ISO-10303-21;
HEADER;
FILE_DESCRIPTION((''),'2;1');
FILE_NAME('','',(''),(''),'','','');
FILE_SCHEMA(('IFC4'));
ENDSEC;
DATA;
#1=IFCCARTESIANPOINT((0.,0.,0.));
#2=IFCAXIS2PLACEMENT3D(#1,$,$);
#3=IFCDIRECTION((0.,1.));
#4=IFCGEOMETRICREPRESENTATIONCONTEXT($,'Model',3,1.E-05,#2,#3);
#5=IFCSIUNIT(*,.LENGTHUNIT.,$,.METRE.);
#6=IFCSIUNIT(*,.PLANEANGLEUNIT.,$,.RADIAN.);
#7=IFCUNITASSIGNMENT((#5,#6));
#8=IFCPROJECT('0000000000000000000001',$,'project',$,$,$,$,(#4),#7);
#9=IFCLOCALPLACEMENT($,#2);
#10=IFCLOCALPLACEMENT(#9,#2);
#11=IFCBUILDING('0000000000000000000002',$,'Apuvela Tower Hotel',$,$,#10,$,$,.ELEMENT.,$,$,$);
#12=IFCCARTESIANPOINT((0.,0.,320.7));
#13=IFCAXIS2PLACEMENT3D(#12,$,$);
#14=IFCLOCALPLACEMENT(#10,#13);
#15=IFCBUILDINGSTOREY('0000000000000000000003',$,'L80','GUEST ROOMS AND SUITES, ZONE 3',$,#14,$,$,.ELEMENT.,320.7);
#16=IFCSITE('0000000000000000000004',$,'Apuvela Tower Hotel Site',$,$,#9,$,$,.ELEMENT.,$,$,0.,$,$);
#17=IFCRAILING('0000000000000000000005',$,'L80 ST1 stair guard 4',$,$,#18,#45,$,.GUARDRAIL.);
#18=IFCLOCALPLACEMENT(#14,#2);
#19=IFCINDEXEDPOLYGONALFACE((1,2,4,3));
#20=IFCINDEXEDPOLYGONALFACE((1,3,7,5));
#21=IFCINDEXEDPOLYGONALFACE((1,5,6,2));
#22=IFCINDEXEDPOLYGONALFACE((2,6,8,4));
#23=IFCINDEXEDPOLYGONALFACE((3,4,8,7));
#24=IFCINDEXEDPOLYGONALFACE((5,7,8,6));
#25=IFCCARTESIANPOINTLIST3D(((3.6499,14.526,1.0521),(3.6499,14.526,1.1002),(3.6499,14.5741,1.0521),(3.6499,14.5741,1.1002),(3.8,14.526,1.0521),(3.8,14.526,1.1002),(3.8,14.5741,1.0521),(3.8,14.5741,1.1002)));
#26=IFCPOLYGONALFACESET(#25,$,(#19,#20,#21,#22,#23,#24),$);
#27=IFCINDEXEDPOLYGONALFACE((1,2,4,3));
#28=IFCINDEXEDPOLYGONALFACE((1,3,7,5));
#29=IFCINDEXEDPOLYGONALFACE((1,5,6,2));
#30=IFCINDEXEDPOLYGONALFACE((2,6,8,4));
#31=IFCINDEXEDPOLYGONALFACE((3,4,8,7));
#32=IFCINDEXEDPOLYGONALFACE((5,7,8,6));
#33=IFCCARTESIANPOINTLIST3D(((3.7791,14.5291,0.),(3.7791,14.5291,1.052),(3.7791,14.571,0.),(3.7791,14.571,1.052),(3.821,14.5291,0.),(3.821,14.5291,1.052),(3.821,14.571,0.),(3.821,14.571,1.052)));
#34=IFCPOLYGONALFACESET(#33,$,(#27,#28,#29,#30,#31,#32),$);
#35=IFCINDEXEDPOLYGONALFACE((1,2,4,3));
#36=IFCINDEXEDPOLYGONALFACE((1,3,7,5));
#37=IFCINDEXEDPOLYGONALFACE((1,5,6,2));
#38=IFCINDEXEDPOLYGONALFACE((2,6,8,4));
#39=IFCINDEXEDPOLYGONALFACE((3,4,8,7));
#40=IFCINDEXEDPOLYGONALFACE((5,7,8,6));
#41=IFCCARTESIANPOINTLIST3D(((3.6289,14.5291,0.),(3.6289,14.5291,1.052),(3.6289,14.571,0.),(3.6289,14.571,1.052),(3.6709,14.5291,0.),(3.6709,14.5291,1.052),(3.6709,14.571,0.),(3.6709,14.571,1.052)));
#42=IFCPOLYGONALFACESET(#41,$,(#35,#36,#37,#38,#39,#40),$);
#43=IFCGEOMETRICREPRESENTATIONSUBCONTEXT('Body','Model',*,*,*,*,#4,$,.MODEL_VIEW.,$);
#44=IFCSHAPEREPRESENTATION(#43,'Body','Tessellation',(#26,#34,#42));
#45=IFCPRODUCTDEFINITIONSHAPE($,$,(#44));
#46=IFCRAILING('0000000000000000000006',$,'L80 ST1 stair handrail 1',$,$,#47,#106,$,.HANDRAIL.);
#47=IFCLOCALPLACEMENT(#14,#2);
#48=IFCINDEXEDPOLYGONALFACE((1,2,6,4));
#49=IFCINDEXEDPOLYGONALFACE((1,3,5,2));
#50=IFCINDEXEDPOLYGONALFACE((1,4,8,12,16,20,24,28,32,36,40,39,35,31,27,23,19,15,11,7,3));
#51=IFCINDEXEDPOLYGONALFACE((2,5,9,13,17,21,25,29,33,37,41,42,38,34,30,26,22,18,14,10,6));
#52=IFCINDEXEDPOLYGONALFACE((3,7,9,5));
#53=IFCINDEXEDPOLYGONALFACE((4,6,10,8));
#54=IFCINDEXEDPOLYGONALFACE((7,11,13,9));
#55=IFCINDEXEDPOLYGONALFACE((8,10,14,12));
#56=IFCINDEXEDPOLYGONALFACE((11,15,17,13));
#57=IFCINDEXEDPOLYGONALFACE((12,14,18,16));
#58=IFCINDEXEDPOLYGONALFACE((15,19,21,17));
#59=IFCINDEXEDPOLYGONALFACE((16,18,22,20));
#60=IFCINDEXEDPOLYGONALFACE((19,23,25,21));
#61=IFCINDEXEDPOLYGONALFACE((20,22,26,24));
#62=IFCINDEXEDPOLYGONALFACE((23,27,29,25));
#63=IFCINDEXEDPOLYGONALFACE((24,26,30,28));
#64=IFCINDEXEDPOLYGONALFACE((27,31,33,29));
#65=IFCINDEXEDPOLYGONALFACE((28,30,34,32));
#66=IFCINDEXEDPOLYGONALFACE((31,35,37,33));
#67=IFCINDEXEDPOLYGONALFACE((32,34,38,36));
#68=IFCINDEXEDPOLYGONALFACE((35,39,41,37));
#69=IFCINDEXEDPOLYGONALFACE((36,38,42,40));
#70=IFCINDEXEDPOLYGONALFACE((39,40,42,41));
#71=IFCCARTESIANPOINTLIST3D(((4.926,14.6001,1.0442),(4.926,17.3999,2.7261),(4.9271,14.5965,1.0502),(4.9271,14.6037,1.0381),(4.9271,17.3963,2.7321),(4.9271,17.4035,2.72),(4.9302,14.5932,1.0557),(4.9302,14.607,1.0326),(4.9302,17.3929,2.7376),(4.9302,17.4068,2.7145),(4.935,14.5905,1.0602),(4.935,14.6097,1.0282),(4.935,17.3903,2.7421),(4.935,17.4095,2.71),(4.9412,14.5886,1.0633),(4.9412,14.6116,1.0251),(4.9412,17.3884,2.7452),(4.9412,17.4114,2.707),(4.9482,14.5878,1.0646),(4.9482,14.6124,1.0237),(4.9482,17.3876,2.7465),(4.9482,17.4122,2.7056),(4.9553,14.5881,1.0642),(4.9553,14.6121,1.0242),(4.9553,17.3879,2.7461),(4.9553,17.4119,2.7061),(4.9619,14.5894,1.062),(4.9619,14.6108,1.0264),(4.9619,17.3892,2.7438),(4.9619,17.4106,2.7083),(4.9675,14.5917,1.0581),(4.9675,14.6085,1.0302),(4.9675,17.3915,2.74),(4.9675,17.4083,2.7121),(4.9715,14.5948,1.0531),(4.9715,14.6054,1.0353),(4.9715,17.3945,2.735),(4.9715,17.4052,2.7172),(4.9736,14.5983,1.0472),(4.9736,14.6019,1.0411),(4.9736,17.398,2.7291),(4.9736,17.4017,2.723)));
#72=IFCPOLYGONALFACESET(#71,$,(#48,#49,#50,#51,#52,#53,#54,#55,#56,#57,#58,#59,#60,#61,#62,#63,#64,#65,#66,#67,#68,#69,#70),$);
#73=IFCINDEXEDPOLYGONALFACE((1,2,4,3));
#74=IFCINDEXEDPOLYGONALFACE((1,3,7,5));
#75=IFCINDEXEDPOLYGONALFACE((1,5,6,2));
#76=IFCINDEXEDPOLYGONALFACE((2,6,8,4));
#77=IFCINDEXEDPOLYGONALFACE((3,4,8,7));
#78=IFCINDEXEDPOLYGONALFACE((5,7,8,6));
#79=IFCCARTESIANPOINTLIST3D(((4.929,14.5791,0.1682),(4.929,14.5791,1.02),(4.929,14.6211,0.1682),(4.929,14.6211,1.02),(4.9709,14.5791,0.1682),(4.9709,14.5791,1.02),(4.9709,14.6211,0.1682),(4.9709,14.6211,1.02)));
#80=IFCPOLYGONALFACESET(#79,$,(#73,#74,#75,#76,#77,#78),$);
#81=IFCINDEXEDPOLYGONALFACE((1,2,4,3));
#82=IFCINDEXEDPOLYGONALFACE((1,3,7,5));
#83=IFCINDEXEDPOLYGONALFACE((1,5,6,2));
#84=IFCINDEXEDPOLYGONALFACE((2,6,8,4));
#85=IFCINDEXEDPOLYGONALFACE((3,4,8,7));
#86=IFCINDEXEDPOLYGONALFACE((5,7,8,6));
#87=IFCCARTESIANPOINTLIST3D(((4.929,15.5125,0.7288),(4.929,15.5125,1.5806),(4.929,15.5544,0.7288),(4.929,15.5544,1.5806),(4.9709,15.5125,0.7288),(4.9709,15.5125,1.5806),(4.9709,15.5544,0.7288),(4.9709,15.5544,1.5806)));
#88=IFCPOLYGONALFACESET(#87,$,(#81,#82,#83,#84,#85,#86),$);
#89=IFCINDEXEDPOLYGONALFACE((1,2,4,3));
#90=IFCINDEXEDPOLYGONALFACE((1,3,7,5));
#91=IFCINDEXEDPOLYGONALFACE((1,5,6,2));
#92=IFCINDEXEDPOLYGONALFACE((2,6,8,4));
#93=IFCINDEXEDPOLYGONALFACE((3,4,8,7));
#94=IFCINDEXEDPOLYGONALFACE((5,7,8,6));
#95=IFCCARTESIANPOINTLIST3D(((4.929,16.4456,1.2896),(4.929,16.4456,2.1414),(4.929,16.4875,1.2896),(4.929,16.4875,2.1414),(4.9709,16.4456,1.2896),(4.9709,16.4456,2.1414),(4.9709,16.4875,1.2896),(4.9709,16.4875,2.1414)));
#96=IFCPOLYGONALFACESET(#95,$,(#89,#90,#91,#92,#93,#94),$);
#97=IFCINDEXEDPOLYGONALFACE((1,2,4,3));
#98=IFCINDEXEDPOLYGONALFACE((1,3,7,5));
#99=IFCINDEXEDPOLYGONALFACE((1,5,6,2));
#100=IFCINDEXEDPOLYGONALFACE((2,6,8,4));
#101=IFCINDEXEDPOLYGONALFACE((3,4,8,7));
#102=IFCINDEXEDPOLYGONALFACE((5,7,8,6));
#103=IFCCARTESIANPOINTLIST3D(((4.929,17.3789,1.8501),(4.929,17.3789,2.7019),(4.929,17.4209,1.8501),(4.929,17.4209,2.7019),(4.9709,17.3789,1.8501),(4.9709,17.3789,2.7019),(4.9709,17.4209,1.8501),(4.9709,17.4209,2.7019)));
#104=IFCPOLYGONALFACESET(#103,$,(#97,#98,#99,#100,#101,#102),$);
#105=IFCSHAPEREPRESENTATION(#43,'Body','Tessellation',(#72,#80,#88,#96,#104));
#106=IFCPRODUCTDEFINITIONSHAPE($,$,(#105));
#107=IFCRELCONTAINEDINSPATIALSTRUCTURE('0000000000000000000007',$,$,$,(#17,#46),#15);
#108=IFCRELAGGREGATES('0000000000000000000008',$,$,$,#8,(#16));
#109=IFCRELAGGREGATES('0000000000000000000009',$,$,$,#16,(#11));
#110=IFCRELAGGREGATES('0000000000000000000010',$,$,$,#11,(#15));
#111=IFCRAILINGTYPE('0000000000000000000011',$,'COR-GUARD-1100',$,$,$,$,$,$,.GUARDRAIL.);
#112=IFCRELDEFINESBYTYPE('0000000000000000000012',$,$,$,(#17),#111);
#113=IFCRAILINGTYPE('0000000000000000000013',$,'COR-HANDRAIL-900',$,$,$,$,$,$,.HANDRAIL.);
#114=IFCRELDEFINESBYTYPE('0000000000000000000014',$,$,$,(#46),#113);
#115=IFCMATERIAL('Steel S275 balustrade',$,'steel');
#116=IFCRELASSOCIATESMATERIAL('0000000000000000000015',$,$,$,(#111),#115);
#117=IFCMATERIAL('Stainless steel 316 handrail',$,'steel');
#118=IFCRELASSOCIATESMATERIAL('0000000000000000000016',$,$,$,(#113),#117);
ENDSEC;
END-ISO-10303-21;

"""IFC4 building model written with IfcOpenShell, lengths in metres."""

from ifc_helpers import new_model, si_unit, direction, frame, origin, origin_2d, place, context, subcontext, project, spatial, rectangle, circle, extrude, material, type_object, element, save


model = new_model("IFC4")

# Units and contexts
model_context = context("Model", 3, precision=1e-05, world=origin(), true_north=direction((0.0, 1.0)))
body_context = subcontext(model_context, "Body", "Model", "MODEL_VIEW")
ifc_project = project(units=[si_unit("LENGTHUNIT", "METRE"), si_unit("PLANEANGLEUNIT", "RADIAN")], contexts=[model_context])

# Site, building, storey
site_placement = place(None, origin())
site = spatial("IfcSite", under=ifc_project, at=site_placement, Name="Apuvela Tower Hotel Site", CompositionType="ELEMENT", RefElevation=0.0)
building_placement = place(site_placement, origin())
building = spatial("IfcBuilding", under=site, at=building_placement, Name="Apuvela Tower Hotel", CompositionType="ELEMENT")
storey_placement = place(building_placement, frame((0.0, 0.0, 320.7)))
storey = spatial("IfcBuildingStorey", under=building, at=storey_placement, Name="L80", Description="GUEST ROOMS AND SUITES, ZONE 3", CompositionType="ELEMENT", Elevation=320.7)

# Railings
ifc_material_1 = material(Name="Steel S275 balustrade", Category="steel")
railing_type_1 = type_object("IfcRailingType", Name="COR-GUARD-1100", PredefinedType="GUARDRAIL", material=ifc_material_1)
railing_1_placement = place(storey_placement, frame((3.8, 14.55, 0.0)))
element("IfcRailing", 1, at=railing_1_placement, inside=storey, type_object=railing_type_1, Name="L80 ST1 stair guard 4", PredefinedType="GUARDRAIL", context=body_context, shape_type="SweptSolid", body=[
    extrude(rectangle(XDim=0.0481, YDim=0.0481, at=origin_2d()), frame((0.0, 0.0, 1.0762), z_axis=(-1.0, 0.0, 0.0), x_axis=(0.0, -1.0, 0.0)), (0.0, 0.0, 1.0), 0.1501),
    extrude(rectangle(XDim=0.042, YDim=0.042, at=origin_2d()), origin(), (0.0, 0.0, 1.0), 1.052),
    extrude(rectangle(XDim=0.042, YDim=0.042, at=origin_2d()), frame((-0.1501, 0.0, 0.0)), (0.0, 0.0, 1.0), 1.052),
])
ifc_material_2 = material(Name="Stainless steel 316 handrail", Category="steel")
railing_type_2 = type_object("IfcRailingType", Name="COR-HANDRAIL-900", PredefinedType="HANDRAIL", material=ifc_material_2)
railing_2_placement = place(storey_placement, frame((4.95, 14.6001, 0.1682)))
element("IfcRailing", 2, at=railing_2_placement, inside=storey, type_object=railing_type_2, Name="L80 ST1 stair handrail 1", PredefinedType="HANDRAIL", context=body_context, shape_type="SweptSolid", body=[
    extrude(circle(Radius=0.0239, at=origin_2d()), frame((0.0, 0.0, 0.876), z_axis=(0.0, 0.857222, 0.514946), x_axis=(-1.0, 0.0, 0.0)), (0.0, 0.0, 1.0), 3.2661),
    extrude(rectangle(XDim=0.042, YDim=0.042, at=origin_2d()), origin(), (0.0, 0.0, 1.0), 0.8518),
    extrude(rectangle(XDim=0.042, YDim=0.042, at=origin_2d()), frame((0.0, 0.9333, 0.5605)), (0.0, 0.0, 1.0), 0.8518),
    extrude(rectangle(XDim=0.042, YDim=0.042, at=origin_2d()), frame((0.0, 1.8665, 1.1213)), (0.0, 0.0, 1.0), 0.8518),
    extrude(rectangle(XDim=0.042, YDim=0.042, at=origin_2d()), frame((0.0, 2.7998, 1.6819)), (0.0, 0.0, 1.0), 0.8518),
])

save(model, "model.ifc")
